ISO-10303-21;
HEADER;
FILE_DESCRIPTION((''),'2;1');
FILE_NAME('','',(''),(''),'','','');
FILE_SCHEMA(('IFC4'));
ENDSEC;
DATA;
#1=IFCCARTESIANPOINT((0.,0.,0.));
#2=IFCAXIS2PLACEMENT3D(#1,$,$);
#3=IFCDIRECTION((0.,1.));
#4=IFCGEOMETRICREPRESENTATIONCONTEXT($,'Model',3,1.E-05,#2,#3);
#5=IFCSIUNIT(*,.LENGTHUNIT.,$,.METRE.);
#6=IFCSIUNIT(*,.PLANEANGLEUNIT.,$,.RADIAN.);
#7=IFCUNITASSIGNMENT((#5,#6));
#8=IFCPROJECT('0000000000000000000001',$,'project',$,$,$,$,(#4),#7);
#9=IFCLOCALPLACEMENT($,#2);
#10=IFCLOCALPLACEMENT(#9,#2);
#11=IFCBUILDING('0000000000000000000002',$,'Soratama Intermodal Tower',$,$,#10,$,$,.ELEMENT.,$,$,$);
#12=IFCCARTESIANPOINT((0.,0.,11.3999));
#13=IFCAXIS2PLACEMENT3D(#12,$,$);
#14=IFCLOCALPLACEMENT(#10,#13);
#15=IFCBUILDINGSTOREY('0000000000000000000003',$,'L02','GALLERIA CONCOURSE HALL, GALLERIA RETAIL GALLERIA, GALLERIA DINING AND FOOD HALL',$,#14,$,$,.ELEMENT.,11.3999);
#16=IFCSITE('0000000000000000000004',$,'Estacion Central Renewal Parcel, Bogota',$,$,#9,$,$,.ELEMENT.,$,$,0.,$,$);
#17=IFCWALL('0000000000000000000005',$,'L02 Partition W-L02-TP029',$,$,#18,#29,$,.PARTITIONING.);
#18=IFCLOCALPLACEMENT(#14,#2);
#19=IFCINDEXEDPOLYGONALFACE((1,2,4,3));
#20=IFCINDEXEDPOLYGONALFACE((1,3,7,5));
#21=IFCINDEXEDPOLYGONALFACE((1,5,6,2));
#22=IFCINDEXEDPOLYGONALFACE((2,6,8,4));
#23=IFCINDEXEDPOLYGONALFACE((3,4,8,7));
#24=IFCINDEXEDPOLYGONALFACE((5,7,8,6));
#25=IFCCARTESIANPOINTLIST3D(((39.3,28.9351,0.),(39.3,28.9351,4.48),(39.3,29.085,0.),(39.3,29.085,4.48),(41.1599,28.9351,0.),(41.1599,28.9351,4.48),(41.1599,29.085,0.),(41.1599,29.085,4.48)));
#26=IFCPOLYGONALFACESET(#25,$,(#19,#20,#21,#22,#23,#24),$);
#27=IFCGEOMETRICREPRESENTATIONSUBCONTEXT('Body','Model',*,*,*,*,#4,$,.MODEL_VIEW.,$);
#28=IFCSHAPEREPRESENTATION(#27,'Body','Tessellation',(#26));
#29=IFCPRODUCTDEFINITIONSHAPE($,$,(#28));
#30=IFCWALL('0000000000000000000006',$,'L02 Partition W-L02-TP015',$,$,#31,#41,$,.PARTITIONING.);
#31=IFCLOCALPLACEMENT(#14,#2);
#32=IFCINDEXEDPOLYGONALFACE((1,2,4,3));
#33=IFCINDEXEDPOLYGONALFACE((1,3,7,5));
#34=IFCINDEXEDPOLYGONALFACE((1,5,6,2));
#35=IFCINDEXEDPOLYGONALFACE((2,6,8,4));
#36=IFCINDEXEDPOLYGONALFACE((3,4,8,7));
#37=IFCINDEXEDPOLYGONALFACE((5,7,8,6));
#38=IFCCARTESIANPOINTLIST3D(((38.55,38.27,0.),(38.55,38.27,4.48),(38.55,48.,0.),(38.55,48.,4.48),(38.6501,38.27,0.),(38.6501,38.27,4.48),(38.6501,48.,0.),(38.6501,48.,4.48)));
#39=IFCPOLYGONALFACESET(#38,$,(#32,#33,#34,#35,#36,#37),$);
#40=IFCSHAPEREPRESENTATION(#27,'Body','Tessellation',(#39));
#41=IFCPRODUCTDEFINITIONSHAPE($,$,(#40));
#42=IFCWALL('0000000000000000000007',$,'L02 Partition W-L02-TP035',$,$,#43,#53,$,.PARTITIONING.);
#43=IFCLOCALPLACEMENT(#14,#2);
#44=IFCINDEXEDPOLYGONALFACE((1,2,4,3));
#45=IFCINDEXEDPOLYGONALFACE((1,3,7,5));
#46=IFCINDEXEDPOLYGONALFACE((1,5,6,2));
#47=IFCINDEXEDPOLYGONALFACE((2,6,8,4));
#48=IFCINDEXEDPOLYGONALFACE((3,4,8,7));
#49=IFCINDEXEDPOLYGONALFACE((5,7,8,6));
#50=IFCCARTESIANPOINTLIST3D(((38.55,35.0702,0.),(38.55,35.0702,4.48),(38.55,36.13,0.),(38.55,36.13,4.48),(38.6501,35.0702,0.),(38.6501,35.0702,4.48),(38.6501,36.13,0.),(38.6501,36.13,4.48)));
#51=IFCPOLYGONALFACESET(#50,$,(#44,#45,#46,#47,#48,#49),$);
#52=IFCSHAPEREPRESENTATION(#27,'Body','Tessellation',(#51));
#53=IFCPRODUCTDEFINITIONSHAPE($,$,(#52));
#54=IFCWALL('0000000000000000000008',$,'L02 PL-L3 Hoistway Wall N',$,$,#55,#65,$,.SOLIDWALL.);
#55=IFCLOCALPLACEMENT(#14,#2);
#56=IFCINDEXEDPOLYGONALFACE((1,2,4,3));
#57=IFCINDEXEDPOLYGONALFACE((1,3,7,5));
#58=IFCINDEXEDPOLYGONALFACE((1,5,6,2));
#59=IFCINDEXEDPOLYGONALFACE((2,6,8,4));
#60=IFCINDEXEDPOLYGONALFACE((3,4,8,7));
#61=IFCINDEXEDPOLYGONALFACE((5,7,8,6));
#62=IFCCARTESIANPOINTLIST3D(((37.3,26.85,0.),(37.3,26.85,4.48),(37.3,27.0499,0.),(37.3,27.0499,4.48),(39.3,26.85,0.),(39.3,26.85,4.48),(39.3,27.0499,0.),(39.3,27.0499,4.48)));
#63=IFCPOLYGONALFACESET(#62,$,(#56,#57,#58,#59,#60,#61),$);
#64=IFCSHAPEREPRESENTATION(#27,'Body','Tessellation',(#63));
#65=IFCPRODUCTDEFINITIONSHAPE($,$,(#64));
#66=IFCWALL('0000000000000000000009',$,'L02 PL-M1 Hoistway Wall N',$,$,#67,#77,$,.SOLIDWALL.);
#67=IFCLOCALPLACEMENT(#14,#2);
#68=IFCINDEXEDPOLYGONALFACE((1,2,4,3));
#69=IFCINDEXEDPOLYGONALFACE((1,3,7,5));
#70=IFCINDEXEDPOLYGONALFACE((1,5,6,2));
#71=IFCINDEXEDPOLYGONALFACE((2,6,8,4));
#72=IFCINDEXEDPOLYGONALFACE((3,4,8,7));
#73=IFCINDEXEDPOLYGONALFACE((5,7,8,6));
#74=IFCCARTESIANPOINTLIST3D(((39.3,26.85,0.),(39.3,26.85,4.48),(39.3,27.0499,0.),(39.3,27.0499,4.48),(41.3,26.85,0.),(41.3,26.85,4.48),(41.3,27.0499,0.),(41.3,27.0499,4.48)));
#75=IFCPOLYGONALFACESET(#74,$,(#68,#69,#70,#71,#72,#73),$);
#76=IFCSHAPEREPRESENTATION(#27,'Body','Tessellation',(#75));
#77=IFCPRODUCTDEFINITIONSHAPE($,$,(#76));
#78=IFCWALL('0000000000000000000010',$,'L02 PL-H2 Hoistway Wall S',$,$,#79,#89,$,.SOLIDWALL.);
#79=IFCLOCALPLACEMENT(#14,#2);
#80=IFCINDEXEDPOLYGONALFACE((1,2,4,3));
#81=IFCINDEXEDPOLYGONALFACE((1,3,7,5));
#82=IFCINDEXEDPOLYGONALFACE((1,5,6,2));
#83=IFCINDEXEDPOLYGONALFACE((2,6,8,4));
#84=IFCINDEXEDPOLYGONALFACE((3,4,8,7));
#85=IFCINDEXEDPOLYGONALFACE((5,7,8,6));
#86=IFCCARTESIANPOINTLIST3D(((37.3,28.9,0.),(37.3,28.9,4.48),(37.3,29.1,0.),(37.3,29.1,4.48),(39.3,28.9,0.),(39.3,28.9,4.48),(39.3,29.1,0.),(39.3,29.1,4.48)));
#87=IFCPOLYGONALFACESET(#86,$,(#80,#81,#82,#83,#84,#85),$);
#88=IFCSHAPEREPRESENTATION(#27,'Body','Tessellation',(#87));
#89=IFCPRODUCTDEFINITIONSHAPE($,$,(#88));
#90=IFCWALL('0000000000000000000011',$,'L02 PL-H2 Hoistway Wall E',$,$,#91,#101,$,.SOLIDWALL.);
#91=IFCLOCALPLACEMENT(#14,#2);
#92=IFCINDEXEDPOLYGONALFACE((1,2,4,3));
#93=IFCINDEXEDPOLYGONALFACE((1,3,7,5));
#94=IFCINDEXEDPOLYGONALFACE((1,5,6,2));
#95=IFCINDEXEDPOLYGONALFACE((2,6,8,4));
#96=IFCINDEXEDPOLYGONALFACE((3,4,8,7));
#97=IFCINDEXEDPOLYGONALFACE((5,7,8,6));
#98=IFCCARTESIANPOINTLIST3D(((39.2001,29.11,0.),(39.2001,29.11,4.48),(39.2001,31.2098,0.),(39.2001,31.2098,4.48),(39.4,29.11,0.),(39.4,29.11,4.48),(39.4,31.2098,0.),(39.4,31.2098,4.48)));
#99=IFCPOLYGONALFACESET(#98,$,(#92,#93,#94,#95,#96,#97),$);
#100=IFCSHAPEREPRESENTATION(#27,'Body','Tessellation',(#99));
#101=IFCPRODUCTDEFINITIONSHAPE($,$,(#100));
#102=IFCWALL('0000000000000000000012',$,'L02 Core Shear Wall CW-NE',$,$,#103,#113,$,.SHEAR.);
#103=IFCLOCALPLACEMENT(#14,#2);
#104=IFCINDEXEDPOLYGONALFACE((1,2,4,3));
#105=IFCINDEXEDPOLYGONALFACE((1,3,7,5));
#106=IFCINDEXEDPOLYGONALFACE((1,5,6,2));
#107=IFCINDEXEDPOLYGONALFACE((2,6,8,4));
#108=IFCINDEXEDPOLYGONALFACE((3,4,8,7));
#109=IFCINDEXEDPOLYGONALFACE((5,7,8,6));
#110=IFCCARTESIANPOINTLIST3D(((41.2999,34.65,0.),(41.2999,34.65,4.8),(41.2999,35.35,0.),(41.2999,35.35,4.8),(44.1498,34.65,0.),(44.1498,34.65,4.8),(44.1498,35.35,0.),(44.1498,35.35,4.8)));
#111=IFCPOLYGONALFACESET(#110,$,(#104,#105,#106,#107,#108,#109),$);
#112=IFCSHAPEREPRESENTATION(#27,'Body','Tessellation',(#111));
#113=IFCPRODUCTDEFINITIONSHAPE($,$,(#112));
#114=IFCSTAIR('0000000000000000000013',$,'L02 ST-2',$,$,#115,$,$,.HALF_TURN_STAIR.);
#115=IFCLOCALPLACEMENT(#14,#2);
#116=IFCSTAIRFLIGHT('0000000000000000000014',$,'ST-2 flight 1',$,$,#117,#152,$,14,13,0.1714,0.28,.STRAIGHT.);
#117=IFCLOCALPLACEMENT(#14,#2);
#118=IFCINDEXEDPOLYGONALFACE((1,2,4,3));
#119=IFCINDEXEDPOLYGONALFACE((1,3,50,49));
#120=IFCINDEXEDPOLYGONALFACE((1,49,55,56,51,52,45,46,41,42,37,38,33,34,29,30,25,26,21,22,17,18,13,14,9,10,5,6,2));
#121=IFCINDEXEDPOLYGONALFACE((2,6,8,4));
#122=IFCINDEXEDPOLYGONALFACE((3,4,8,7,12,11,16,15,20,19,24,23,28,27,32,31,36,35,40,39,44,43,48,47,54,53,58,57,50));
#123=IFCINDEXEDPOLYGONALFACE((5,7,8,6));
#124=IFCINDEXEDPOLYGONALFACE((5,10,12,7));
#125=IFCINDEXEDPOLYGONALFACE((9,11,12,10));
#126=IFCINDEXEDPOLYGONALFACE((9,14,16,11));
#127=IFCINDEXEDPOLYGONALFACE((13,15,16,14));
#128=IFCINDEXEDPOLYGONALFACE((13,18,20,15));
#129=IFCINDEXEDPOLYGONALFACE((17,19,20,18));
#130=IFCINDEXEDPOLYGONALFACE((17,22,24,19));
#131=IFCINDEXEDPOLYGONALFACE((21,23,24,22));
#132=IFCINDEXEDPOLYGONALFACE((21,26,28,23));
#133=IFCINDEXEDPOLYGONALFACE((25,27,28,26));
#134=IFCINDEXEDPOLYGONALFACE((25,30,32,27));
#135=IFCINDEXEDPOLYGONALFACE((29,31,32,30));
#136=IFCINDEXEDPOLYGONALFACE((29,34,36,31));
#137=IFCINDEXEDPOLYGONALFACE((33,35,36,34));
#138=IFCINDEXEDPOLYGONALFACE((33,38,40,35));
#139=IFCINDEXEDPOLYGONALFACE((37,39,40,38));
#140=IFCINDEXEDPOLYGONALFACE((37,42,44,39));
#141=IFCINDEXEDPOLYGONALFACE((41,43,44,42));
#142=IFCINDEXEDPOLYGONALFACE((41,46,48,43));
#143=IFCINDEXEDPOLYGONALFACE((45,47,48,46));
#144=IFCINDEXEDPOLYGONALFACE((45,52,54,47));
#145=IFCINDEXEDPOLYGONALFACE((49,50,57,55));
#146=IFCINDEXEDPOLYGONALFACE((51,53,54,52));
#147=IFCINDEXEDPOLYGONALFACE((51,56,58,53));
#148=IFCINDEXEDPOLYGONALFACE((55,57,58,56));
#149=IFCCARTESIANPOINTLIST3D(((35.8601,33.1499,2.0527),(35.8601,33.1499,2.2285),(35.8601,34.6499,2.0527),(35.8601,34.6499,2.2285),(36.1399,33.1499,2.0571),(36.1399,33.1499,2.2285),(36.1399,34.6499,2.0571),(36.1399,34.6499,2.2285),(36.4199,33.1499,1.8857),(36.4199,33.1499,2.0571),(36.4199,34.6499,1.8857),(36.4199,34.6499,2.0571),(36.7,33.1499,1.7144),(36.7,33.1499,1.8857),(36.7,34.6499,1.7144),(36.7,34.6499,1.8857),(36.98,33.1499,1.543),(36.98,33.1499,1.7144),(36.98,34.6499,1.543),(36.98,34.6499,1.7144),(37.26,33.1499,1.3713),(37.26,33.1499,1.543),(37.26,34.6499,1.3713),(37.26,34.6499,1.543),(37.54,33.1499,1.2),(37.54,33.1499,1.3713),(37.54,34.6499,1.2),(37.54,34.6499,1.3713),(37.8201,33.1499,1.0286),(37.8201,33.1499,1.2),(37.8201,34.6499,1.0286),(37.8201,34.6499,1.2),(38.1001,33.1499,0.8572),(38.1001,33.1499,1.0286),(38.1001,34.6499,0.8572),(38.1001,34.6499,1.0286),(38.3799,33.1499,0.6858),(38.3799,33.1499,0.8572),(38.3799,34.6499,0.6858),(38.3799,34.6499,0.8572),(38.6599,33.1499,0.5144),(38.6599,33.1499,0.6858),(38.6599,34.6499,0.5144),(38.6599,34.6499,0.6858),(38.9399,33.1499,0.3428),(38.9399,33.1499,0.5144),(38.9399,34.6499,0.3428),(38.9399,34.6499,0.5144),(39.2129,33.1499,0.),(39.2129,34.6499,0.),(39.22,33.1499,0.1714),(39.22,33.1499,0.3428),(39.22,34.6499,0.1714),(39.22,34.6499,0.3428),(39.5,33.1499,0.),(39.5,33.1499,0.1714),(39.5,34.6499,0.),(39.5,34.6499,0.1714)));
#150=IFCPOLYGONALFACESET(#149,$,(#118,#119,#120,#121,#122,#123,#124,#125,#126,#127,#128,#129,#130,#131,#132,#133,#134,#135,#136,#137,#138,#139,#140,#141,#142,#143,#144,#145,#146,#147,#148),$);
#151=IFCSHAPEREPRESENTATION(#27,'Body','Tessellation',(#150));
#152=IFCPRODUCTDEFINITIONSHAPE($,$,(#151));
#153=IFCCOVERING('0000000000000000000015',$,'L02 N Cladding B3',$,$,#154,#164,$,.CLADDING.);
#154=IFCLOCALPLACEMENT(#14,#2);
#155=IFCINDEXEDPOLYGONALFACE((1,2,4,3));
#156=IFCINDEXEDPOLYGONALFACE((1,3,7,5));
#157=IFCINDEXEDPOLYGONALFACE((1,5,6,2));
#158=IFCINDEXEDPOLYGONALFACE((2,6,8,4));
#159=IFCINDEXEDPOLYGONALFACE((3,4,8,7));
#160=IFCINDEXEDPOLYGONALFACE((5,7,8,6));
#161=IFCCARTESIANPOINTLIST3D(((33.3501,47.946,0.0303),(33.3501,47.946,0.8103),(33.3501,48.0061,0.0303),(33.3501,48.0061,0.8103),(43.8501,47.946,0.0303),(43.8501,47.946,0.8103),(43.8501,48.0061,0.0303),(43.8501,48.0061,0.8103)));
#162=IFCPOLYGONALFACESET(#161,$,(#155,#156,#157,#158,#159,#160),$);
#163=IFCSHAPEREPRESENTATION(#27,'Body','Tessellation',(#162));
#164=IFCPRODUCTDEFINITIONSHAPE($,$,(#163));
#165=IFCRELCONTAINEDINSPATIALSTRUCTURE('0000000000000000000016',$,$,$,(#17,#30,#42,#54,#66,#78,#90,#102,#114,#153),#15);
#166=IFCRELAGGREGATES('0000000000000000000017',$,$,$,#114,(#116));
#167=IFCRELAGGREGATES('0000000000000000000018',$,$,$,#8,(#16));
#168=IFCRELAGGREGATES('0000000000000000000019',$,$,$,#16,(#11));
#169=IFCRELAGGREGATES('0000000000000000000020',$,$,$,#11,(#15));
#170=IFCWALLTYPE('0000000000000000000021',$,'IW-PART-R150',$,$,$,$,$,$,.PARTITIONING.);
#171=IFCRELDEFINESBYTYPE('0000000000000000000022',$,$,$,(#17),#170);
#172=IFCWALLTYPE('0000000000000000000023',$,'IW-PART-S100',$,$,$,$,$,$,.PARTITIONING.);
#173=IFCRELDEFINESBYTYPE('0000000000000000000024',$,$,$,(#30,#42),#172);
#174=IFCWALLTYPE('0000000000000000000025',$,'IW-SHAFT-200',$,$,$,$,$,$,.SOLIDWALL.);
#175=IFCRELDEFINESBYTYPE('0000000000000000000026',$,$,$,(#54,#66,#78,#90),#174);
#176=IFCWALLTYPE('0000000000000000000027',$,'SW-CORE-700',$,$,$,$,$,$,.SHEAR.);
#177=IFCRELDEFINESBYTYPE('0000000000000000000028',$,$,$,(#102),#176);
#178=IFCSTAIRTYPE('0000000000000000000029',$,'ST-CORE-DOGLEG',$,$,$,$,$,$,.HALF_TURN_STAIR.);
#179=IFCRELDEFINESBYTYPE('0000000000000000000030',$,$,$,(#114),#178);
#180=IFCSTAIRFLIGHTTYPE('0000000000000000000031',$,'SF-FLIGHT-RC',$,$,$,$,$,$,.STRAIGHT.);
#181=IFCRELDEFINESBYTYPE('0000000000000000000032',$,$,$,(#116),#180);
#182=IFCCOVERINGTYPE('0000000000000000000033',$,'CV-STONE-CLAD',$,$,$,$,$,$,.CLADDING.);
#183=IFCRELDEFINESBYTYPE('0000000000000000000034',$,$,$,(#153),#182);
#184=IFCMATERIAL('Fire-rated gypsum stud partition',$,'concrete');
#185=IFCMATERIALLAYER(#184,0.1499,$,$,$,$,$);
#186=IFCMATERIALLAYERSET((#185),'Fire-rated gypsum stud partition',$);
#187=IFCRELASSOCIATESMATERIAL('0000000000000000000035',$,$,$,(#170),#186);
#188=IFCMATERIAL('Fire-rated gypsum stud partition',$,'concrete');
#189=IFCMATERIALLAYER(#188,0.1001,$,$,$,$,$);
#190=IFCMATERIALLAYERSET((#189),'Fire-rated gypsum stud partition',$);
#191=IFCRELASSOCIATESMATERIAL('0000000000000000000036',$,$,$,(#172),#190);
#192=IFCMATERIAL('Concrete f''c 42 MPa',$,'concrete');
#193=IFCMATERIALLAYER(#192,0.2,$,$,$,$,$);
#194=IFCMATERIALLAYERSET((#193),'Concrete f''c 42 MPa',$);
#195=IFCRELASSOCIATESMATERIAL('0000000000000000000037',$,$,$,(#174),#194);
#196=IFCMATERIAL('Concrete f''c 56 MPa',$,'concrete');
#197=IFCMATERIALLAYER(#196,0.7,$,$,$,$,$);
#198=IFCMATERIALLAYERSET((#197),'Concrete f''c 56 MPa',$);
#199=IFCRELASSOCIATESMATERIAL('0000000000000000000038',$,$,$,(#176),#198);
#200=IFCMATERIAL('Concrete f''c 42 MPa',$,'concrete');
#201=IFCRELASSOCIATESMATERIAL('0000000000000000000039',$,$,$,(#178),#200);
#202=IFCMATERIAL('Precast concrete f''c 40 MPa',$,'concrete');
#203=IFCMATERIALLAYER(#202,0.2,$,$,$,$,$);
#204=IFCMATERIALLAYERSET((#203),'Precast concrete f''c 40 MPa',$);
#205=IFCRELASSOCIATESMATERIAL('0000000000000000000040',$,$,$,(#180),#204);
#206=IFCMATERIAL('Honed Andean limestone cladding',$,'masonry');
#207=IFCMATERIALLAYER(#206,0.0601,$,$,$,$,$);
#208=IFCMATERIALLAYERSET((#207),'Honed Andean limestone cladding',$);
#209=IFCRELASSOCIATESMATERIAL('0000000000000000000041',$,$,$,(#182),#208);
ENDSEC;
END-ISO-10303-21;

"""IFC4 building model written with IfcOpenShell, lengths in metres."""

from ifc_helpers import new_model, si_unit, direction, frame, frame_2d, origin, origin_2d, place, context, subcontext, project, spatial, polyline, rectangle, outline, extrude, material, layer, layer_set, type_object, element, aggregate, save


model = new_model("IFC4")

# Units and contexts
model_context = context("Model", 3, precision=1e-05, world=origin(), true_north=direction((0.0, 1.0)))
body_context = subcontext(model_context, "Body", "Model", "MODEL_VIEW")
ifc_project = project(units=[si_unit("LENGTHUNIT", "METRE"), si_unit("PLANEANGLEUNIT", "RADIAN")], contexts=[model_context])

# Site, building, storey
site_placement = place(None, origin())
site = spatial("IfcSite", under=ifc_project, at=site_placement, Name="Estacion Central Renewal Parcel, Bogota", CompositionType="ELEMENT", RefElevation=0.0)
building_placement = place(site_placement, origin())
building = spatial("IfcBuilding", under=site, at=building_placement, Name="Soratama Intermodal Tower", CompositionType="ELEMENT")
storey_placement = place(building_placement, frame((0.0, 0.0, 11.3999)))
storey = spatial("IfcBuildingStorey", under=building, at=storey_placement, Name="L02", Description="GALLERIA CONCOURSE HALL, GALLERIA RETAIL GALLERIA, GALLERIA DINING AND FOOD HALL", CompositionType="ELEMENT", Elevation=11.3999)

# Shared definitions
ifc_material_1 = material(Name="Fire-rated gypsum stud partition", Category="concrete")
ifc_layer_1 = layer(ifc_material_1, 0.1499)
ifc_layer_set_1 = layer_set([ifc_layer_1], Name="Fire-rated gypsum stud partition")
wall_type_1 = type_object("IfcWallType", Name="IW-PART-R150", PredefinedType="PARTITIONING", material=ifc_layer_set_1)

# Walls
wall_1_placement = place(storey_placement, frame((39.3, 29.01, 0.0), z_axis=(0.0, 0.0, 1.0), x_axis=(1.0, 0.0, 0.0)))
element("IfcWall", 1, at=wall_1_placement, inside=storey, type_object=wall_type_1, Name="L02 Partition W-L02-TP029", PredefinedType="PARTITIONING", context=body_context, shape_type="SweptSolid", body=[
    extrude(rectangle(XDim=1.8599, YDim=0.1499, at=frame_2d((0.9299, 0.0))), origin(), (0.0, 0.0, 1.0), 4.48),
])
ifc_material_2 = material(Name="Fire-rated gypsum stud partition", Category="concrete")
ifc_layer_2 = layer(ifc_material_2, 0.1001)
ifc_layer_set_2 = layer_set([ifc_layer_2], Name="Fire-rated gypsum stud partition")
wall_type_2 = type_object("IfcWallType", Name="IW-PART-S100", PredefinedType="PARTITIONING", material=ifc_layer_set_2)
wall_2_placement = place(storey_placement, frame((38.6001, 48.0, 0.0), z_axis=(0.0, 0.0, 1.0), x_axis=(0.0, -1.0, 0.0)))
element("IfcWall", 2, at=wall_2_placement, inside=storey, type_object=wall_type_2, Name="L02 Partition W-L02-TP015", PredefinedType="PARTITIONING", context=body_context, shape_type="SweptSolid", body=[
    extrude(rectangle(XDim=9.73, YDim=0.1001, at=frame_2d((4.865, 0.0))), origin(), (0.0, 0.0, 1.0), 4.48),
])
wall_3_placement = place(storey_placement, frame((38.6001, 36.1299, 0.0), z_axis=(0.0, 0.0, 1.0), x_axis=(0.0, -1.0, 0.0)))
element("IfcWall", 3, at=wall_3_placement, inside=storey, type_object=wall_type_2, Name="L02 Partition W-L02-TP035", PredefinedType="PARTITIONING", context=body_context, shape_type="SweptSolid", body=[
    extrude(rectangle(XDim=1.0598, YDim=0.1001, at=frame_2d((0.5298, 0.0))), origin(), (0.0, 0.0, 1.0), 4.48),
])
ifc_material_3 = material(Name="Concrete f'c 42 MPa", Category="concrete")
ifc_layer_3 = layer(ifc_material_3, 0.2)
ifc_layer_set_3 = layer_set([ifc_layer_3], Name="Concrete f'c 42 MPa")
wall_type_3 = type_object("IfcWallType", Name="IW-SHAFT-200", PredefinedType="SOLIDWALL", material=ifc_layer_set_3)
for number, where, z_axis, x_axis, name in (
    (4, (37.3, 26.95, 0.0), (0.0, 0.0, 1.0), (1.0, 0.0, 0.0), "L02 PL-L3 Hoistway Wall N"),
    (5, (39.3, 26.95, 0.0), (0.0, 0.0, 1.0), (1.0, 0.0, 0.0), "L02 PL-M1 Hoistway Wall N"),
    (6, (37.3, 29.0, 0.0), (0.0, 0.0, 1.0), (1.0, 0.0, 0.0), "L02 PL-H2 Hoistway Wall S"),
):
    element("IfcWall", number, at=place(storey_placement, frame(where, z_axis=z_axis, x_axis=x_axis)), inside=storey, type_object=wall_type_3, Name=name, PredefinedType="SOLIDWALL", context=body_context, shape_type="SweptSolid", body=[
        extrude(rectangle(XDim=2.0, YDim=0.2, at=frame_2d((1.0, 0.0))), origin(), (0.0, 0.0, 1.0), 4.48),
    ])
wall_4_placement = place(storey_placement, frame((39.3, 29.1101, 0.0), z_axis=(0.0, 0.0, 1.0), x_axis=(0.0, 1.0, 0.0)))
element("IfcWall", 7, at=wall_4_placement, inside=storey, type_object=wall_type_3, Name="L02 PL-H2 Hoistway Wall E", PredefinedType="SOLIDWALL", context=body_context, shape_type="SweptSolid", body=[
    extrude(rectangle(XDim=2.0999, YDim=0.2, at=frame_2d((1.0498, 0.0))), origin(), (0.0, 0.0, 1.0), 4.48),
])
ifc_material_4 = material(Name="Concrete f'c 56 MPa", Category="concrete")
ifc_layer_4 = layer(ifc_material_4, 0.7)
ifc_layer_set_4 = layer_set([ifc_layer_4], Name="Concrete f'c 56 MPa")
wall_type_4 = type_object("IfcWallType", Name="SW-CORE-700", PredefinedType="SHEAR", material=ifc_layer_set_4)
wall_5_placement = place(storey_placement, frame((41.3, 35.0, 0.0), z_axis=(0.0, 0.0, 1.0), x_axis=(1.0, 0.0, 0.0)))
element("IfcWall", 8, at=wall_5_placement, inside=storey, type_object=wall_type_4, Name="L02 Core Shear Wall CW-NE", PredefinedType="SHEAR", context=body_context, shape_type="SweptSolid", body=[
    extrude(rectangle(XDim=2.8499, YDim=0.7, at=frame_2d((1.4248, 0.0))), origin(), (0.0, 0.0, 1.0), 4.8),
])

# Stair, stair flight
ifc_material_5 = material(Name="Concrete f'c 42 MPa", Category="concrete")
stair_type = type_object("IfcStairType", Name="ST-CORE-DOGLEG", PredefinedType="HALF_TURN_STAIR", material=ifc_material_5)
stair_placement = place(storey_placement, origin())
stair = element("IfcStair", 9, at=stair_placement, inside=storey, type_object=stair_type, Name="L02 ST-2", PredefinedType="HALF_TURN_STAIR")
ifc_material_6 = material(Name="Precast concrete f'c 40 MPa", Category="concrete")
ifc_layer_5 = layer(ifc_material_6, 0.2)
ifc_layer_set_5 = layer_set([ifc_layer_5], Name="Precast concrete f'c 40 MPa")
stair_flight_type = type_object("IfcStairFlightType", Name="SF-FLIGHT-RC", PredefinedType="STRAIGHT", material=ifc_layer_set_5)
stair_flight_placement = place(storey_placement, frame((39.5, 33.8999, 0.0), z_axis=(0.0, 0.0, 1.0), x_axis=(-1.0, 0.0, 0.0)))
stair_flight = element("IfcStairFlight", 10, at=stair_flight_placement, type_object=stair_flight_type, Name="ST-2 flight 1", NumberOfRisers=14, NumberOfTreads=13, PredefinedType="STRAIGHT", RiserHeight=0.1714, TreadLength=0.28, context=body_context, shape_type="SweptSolid", body=[
    extrude(outline(polyline([(0.0, 0.0), (0.0, 0.1714), (0.28, 0.1714), (0.28, 0.3428), (0.5601, 0.3428), (0.5601, 0.5144), (0.8401, 0.5144), (0.8401, 0.6858), (1.1201, 0.6858), (1.1201, 0.8572), (1.3999, 0.8572), (1.3999, 1.0286), (1.6799, 1.0286), (1.6799, 1.2), (1.96, 1.2), (1.96, 1.3713), (2.24, 1.3713), (2.24, 1.543), (2.52, 1.543), (2.52, 1.7144), (2.8, 1.7144), (2.8, 1.8857), (3.0801, 1.8857), (3.0801, 2.0571), (3.3601, 2.0571), (3.3601, 2.2285), (3.6399, 2.2285), (3.6399, 2.3999), (3.6399, 2.0527), (0.2871, 0.0), (0.0, 0.0)])), frame((0.0, 0.75, 0.0), z_axis=(0.0, -1.0, 0.0), x_axis=(1.0, 0.0, 0.0)), (0.0, 0.0, 1.0), 1.5),
])
aggregate(stair, [stair_flight])

# Covering
ifc_material_7 = material(Name="Honed Andean limestone cladding", Category="masonry")
ifc_layer_6 = layer(ifc_material_7, 0.0601)
ifc_layer_set_6 = layer_set([ifc_layer_6], Name="Honed Andean limestone cladding")
covering_type = type_object("IfcCoveringType", Name="CV-STONE-CLAD", PredefinedType="CLADDING", material=ifc_layer_set_6)
covering_placement = place(storey_placement, frame((38.6001, 47.9761, 0.0303), z_axis=(0.0, 0.0, 1.0), x_axis=(1.0, 0.0, 0.0)))
element("IfcCovering", 11, at=covering_placement, inside=storey, type_object=covering_type, Name="L02 N Cladding B3", PredefinedType="CLADDING", context=body_context, shape_type="SweptSolid", body=[
    extrude(rectangle(XDim=10.5, YDim=0.0601, at=origin_2d()), origin(), (0.0, 0.0, 1.0), 0.78),
])

save(model, "model.ifc")
